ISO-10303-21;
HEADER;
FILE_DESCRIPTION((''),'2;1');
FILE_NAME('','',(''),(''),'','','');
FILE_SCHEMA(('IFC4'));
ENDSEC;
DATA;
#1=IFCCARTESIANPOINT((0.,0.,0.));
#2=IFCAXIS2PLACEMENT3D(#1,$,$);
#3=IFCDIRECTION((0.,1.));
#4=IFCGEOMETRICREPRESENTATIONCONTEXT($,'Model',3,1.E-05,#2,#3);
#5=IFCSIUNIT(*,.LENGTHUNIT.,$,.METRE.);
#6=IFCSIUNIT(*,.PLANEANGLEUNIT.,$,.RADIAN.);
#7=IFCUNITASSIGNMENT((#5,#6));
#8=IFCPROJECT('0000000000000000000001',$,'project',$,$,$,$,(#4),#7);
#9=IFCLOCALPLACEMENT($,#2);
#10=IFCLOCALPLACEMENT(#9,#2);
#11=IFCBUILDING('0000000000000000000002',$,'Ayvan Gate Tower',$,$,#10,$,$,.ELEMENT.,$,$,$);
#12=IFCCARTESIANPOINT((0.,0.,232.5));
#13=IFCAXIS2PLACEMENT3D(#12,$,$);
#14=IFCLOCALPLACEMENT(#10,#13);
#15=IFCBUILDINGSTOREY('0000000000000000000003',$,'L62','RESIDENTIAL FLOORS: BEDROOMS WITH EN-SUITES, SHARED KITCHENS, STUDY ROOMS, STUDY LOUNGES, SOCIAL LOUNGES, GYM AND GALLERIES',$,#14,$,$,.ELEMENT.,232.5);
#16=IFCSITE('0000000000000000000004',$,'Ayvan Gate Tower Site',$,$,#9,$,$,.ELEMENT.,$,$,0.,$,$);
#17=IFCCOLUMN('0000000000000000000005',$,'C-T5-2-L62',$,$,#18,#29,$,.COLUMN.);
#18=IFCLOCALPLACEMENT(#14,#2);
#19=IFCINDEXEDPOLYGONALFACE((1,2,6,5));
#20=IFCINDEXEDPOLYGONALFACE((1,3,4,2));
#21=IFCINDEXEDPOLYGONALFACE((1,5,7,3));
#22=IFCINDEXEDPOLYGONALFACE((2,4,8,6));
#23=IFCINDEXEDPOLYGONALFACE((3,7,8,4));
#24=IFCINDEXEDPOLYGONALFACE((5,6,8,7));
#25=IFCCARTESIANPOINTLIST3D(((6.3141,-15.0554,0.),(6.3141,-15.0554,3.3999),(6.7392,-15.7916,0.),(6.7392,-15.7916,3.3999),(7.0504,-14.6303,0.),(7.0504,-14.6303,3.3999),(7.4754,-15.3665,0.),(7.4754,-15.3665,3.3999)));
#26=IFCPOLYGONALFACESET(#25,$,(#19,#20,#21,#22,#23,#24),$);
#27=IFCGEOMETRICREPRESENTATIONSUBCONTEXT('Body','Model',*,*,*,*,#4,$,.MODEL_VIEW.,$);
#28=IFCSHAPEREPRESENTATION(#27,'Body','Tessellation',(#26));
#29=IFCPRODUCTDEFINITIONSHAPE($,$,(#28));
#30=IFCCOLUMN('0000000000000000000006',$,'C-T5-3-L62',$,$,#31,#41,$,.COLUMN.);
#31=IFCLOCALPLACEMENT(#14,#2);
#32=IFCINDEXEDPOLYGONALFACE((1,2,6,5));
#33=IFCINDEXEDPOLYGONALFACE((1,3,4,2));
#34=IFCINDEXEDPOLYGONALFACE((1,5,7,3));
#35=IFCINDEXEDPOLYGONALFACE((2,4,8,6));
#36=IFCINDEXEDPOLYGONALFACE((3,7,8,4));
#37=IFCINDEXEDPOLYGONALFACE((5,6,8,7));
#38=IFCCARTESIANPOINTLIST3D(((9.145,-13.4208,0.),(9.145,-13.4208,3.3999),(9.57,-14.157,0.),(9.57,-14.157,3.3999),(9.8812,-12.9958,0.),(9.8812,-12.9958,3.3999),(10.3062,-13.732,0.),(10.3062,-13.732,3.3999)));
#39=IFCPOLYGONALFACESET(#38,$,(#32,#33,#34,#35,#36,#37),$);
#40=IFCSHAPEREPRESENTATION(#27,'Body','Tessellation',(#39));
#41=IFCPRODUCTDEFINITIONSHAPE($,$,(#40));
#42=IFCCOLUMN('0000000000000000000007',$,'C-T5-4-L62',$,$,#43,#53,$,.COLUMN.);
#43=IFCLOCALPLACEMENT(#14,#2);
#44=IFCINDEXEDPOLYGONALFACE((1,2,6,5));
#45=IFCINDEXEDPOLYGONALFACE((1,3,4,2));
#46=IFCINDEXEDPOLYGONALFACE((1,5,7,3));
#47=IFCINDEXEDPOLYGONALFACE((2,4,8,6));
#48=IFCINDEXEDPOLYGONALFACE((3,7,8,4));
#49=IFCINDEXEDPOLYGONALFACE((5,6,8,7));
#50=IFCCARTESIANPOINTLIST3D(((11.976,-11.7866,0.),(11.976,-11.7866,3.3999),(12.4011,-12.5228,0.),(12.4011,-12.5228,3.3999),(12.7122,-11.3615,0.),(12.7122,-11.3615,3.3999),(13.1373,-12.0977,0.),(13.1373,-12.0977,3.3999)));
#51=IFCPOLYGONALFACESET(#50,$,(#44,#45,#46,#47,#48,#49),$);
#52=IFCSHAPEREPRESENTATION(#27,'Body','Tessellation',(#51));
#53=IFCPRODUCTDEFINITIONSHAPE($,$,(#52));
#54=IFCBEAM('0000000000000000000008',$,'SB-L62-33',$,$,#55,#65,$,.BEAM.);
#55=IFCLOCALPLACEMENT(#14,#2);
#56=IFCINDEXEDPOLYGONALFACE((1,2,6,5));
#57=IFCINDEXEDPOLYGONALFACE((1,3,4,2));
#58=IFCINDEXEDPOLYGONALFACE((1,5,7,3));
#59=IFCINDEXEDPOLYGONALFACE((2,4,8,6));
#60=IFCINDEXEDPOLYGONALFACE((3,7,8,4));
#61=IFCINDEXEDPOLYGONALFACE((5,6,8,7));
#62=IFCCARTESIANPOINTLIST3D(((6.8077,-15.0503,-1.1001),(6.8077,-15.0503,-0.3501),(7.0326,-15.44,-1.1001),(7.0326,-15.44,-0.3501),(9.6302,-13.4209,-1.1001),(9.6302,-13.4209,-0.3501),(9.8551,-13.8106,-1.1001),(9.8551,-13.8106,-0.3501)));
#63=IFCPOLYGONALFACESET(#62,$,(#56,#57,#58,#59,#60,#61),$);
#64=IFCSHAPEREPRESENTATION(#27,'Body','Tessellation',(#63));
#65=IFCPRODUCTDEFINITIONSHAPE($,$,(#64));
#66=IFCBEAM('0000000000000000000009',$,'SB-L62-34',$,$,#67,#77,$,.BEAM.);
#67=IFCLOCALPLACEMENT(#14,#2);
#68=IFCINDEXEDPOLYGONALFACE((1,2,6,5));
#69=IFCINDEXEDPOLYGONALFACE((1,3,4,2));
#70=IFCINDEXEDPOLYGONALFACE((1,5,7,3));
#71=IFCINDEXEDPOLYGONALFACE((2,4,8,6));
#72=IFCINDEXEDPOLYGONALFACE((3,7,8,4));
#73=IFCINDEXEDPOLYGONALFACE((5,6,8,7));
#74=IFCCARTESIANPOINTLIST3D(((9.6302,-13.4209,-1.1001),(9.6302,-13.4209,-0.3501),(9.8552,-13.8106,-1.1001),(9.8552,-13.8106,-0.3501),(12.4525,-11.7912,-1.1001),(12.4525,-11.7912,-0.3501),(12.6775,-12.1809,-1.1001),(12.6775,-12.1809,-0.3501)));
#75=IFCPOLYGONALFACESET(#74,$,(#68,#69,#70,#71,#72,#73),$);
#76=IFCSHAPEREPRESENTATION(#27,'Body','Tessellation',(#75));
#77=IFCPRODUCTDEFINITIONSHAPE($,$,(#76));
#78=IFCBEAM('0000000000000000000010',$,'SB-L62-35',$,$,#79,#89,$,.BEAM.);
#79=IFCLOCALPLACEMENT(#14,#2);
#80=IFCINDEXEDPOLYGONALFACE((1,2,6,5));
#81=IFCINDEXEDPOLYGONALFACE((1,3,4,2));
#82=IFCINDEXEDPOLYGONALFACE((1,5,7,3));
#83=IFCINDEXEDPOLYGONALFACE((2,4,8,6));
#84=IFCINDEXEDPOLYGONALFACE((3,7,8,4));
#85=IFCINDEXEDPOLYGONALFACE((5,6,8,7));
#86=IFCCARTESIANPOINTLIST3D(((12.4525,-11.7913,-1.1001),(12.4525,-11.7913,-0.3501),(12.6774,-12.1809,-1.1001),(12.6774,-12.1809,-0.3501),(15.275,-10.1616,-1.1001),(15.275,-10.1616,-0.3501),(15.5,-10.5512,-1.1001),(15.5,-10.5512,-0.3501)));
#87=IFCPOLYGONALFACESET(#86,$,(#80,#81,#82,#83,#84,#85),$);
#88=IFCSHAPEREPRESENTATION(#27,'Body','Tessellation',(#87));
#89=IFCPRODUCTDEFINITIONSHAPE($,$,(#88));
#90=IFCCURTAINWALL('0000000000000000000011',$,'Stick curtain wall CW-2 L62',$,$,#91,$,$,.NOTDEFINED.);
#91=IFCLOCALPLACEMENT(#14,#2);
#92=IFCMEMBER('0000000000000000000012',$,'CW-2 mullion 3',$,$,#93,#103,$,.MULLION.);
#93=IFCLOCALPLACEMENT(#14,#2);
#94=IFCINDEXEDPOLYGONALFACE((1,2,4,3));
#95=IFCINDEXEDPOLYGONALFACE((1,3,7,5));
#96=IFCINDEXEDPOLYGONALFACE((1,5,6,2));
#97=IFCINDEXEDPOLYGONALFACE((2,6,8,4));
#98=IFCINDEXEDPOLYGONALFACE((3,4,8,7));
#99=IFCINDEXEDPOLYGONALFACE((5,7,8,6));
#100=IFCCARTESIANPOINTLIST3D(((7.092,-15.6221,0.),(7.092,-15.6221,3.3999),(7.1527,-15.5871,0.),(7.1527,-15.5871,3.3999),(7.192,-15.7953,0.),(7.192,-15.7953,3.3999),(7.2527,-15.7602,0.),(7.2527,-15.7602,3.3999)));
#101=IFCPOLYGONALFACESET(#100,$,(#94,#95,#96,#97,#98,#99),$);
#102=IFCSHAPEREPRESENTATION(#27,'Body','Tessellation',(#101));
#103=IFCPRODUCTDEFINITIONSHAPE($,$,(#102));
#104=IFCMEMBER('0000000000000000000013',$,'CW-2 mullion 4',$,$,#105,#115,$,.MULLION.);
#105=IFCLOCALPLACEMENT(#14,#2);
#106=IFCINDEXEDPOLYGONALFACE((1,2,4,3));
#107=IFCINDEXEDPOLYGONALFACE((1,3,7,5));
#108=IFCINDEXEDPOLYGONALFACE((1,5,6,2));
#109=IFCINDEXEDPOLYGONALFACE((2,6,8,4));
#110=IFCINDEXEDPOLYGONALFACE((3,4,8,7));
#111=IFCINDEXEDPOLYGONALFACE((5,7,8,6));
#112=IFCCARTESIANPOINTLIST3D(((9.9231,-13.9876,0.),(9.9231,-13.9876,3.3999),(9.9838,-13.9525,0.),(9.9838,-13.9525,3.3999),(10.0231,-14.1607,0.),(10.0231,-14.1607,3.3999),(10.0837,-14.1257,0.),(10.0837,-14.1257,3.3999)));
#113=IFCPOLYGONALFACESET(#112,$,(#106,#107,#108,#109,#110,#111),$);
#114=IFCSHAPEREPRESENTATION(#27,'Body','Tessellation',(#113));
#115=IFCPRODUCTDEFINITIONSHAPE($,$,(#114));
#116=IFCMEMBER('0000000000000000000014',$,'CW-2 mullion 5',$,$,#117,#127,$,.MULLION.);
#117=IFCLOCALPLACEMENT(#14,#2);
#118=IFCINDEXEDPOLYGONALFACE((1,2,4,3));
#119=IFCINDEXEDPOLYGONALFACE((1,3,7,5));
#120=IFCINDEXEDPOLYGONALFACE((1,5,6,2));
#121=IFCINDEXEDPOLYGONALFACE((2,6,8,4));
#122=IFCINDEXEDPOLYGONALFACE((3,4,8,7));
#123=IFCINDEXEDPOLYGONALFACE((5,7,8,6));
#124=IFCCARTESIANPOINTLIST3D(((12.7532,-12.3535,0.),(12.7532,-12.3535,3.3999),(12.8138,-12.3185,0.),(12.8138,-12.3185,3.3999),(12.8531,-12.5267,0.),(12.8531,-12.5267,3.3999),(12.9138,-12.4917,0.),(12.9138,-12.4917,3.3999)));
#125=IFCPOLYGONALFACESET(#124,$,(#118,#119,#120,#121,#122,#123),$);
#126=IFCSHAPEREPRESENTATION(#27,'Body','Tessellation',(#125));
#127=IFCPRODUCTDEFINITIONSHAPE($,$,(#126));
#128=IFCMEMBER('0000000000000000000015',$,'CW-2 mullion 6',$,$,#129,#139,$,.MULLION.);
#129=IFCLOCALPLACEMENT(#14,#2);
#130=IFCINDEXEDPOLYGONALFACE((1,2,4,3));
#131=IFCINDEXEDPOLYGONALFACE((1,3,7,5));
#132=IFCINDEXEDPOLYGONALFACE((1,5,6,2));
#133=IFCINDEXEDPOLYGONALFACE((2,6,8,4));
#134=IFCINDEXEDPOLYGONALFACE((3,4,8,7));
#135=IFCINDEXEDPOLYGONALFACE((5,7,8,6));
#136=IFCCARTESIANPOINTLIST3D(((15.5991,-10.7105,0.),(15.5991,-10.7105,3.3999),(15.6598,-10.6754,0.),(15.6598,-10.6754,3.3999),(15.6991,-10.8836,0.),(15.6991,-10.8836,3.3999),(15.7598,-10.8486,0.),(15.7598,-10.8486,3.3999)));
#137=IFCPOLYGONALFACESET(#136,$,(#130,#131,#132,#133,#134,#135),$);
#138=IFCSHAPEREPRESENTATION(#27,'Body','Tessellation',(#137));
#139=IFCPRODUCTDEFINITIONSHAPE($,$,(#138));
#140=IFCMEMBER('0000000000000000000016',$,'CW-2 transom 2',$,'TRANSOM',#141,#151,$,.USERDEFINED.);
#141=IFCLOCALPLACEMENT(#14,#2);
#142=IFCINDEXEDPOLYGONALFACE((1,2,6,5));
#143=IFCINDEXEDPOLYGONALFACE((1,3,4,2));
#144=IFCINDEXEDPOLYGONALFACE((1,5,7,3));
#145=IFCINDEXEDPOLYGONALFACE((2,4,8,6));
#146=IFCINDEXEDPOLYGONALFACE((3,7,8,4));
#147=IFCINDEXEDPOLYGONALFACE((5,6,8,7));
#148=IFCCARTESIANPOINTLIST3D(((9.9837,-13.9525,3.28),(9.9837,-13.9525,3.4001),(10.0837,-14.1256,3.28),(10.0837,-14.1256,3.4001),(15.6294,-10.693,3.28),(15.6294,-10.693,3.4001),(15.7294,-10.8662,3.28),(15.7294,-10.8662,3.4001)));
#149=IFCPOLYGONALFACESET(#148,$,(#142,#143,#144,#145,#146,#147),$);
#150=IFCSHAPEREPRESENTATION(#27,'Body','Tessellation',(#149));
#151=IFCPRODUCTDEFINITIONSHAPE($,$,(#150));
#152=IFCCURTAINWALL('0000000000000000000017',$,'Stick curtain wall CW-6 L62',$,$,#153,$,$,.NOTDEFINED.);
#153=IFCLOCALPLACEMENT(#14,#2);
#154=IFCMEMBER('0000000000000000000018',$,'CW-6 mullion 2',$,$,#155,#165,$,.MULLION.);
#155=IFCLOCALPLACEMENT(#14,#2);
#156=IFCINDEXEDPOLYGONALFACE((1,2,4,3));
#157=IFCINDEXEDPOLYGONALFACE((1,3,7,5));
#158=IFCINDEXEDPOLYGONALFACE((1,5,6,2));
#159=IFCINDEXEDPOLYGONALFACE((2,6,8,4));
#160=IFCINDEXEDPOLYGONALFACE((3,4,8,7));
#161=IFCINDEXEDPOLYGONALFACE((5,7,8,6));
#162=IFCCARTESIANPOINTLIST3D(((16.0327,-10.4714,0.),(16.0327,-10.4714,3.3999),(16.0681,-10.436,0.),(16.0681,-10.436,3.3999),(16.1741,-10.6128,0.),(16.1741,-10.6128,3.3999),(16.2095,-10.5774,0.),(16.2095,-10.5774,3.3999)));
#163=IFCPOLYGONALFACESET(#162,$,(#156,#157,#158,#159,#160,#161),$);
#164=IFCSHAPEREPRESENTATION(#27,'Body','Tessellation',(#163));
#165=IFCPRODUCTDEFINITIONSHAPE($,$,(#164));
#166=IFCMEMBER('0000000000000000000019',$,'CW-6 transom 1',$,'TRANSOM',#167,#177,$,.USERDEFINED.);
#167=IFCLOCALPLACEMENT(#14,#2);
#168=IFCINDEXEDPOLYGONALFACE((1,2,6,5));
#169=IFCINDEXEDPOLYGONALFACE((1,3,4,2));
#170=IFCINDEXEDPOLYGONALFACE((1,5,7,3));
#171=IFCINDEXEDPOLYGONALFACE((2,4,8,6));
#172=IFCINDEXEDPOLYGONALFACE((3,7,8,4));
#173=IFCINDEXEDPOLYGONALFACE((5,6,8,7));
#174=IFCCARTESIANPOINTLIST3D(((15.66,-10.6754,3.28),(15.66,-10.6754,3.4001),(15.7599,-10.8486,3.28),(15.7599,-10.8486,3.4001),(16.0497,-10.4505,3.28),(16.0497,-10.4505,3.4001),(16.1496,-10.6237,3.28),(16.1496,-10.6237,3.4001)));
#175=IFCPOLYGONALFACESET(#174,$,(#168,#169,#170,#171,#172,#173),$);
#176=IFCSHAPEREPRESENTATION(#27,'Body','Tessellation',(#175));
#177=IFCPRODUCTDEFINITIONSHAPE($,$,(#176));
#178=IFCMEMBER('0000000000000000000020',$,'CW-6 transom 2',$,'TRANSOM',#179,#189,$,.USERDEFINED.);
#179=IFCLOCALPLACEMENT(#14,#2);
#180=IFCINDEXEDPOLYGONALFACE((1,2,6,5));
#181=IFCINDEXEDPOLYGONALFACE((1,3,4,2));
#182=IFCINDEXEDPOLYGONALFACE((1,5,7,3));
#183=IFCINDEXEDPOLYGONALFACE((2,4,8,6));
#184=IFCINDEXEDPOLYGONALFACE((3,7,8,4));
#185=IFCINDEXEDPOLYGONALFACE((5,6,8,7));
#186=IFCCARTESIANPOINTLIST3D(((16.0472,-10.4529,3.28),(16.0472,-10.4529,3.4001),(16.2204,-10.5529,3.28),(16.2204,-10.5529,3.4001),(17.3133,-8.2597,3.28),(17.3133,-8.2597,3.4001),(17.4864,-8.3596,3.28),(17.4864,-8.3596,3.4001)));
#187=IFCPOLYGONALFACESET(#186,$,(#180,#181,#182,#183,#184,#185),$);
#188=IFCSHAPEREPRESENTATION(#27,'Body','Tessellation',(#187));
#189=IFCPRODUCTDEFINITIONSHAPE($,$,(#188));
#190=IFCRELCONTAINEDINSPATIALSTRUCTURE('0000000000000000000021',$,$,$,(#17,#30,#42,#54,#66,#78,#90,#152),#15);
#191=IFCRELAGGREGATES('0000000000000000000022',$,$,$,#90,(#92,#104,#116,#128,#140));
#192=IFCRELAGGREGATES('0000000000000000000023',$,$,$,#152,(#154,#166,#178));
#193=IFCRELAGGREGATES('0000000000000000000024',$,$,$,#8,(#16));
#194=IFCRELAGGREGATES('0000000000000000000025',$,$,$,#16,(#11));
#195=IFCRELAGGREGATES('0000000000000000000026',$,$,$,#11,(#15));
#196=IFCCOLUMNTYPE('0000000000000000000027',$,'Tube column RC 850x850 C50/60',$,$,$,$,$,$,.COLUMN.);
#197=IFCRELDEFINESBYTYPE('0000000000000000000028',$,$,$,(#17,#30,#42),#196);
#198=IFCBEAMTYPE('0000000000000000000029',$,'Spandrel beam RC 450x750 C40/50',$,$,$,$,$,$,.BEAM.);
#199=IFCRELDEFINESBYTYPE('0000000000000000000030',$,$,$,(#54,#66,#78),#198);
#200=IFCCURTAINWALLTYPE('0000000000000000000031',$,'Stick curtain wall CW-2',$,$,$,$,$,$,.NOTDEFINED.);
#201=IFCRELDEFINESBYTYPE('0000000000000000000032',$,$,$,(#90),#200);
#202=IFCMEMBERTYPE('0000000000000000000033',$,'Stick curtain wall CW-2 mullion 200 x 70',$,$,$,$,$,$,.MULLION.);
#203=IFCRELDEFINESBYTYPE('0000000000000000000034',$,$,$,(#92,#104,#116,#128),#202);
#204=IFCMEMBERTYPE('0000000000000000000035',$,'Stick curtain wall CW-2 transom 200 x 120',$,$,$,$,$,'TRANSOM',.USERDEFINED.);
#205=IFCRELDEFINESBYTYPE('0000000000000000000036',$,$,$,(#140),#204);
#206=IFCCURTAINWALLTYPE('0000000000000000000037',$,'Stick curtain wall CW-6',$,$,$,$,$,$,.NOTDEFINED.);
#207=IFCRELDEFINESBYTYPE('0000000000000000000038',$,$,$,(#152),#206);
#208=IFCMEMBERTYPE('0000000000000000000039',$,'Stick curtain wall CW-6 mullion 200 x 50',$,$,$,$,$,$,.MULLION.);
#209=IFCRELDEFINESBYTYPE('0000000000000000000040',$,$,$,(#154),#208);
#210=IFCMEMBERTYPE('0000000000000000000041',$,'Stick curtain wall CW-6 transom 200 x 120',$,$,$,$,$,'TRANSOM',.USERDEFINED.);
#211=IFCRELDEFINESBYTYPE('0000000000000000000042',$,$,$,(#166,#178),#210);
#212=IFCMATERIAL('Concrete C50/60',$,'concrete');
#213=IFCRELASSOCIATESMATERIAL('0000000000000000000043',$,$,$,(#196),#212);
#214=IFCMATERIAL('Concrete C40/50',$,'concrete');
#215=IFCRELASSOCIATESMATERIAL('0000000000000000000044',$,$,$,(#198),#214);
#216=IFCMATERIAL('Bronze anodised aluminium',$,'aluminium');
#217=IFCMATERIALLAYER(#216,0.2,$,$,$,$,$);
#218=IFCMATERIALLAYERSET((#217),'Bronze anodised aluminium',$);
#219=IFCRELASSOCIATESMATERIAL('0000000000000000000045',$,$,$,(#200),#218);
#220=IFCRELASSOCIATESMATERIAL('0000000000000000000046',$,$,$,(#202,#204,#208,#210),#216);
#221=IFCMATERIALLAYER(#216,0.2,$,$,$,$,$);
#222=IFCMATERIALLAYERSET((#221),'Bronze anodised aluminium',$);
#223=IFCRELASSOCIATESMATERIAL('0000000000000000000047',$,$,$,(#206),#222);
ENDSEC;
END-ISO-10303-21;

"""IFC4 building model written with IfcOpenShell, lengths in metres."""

from ifc_helpers import new_model, si_unit, direction, frame, origin, origin_2d, place, context, subcontext, project, spatial, rectangle, extrude, material, layer, layer_set, material_profile, profile_set, type_object, element, aggregate, save


model = new_model("IFC4")

# Units and contexts
model_context = context("Model", 3, precision=1e-05, world=origin(), true_north=direction((0.0, 1.0)))
body_context = subcontext(model_context, "Body", "Model", "MODEL_VIEW")
ifc_project = project(units=[si_unit("LENGTHUNIT", "METRE"), si_unit("PLANEANGLEUNIT", "RADIAN")], contexts=[model_context])

# Site, building, storey
site_placement = place(None, origin())
site = spatial("IfcSite", under=ifc_project, at=site_placement, Name="Ayvan Gate Tower Site", CompositionType="ELEMENT", RefElevation=0.0)
building_placement = place(site_placement, origin())
building = spatial("IfcBuilding", under=site, at=building_placement, Name="Ayvan Gate Tower", CompositionType="ELEMENT")
storey_placement = place(building_placement, frame((0.0, 0.0, 232.5)))
storey = spatial("IfcBuildingStorey", under=building, at=storey_placement, Name="L62", Description="RESIDENTIAL FLOORS: BEDROOMS WITH EN-SUITES, SHARED KITCHENS, STUDY ROOMS, STUDY LOUNGES, SOCIAL LOUNGES, GYM AND GALLERIES", CompositionType="ELEMENT", Elevation=232.5)

# Columns
ifc_material_1 = material(Name="Concrete C50/60", Category="concrete")
ifc_material_profile_1 = material_profile(ifc_material_1, rectangle(XDim=0.8501, YDim=0.8501, at=origin_2d()), Name="RC 850x850")
ifc_profile_set_1 = profile_set([ifc_material_profile_1], Name="Concrete C50/60")
column_type = type_object("IfcColumnType", Name="Tube column RC 850x850 C50/60", PredefinedType="COLUMN", material=ifc_profile_set_1)
for number, where, z_axis, x_axis, name in (
    (1, (6.8948, -15.2109, 0.0), (0.0, 0.0, 1.0), (0.5, -0.866025, 0.0), "C-T5-2-L62"),
    (2, (9.7256, -13.5764, 0.0), (0.0, 0.0, 1.0), (0.5, -0.866025, 0.0), "C-T5-3-L62"),
    (3, (12.5566, -11.9421, 0.0), (0.0, 0.0, 1.0), (0.5, -0.866025, 0.0), "C-T5-4-L62"),
):
    element("IfcColumn", number, at=place(storey_placement, frame(where, z_axis=z_axis, x_axis=x_axis)), inside=storey, type_object=column_type, Name=name, PredefinedType="COLUMN", context=body_context, shape_type="SweptSolid", body=[
        extrude(rectangle(XDim=0.8501, YDim=0.8501, at=origin_2d()), origin(), (0.0, 0.0, 1.0), 3.3999),
    ])

# Beams
ifc_material_2 = material(Name="Concrete C40/50", Category="concrete")
ifc_material_profile_2 = material_profile(ifc_material_2, rectangle(XDim=0.45, YDim=0.75, at=origin_2d()), Name="RC 450x750")
ifc_profile_set_2 = profile_set([ifc_material_profile_2], Name="Concrete C40/50")
beam_type = type_object("IfcBeamType", Name="Spandrel beam RC 450x750 C40/50", PredefinedType="BEAM", material=ifc_profile_set_2)
for number, where, z_axis, x_axis, name in (
    (4, (6.9202, -15.2451, -0.7251), (0.86605, 0.499958, 0.0), (-0.499958, 0.86605, 0.0), "SB-L62-33"),
    (5, (9.7427, -13.6157, -0.7251), (0.865998, 0.500047, 0.0), (-0.500047, 0.865998, 0.0), "SB-L62-34"),
):
    element("IfcBeam", number, at=place(storey_placement, frame(where, z_axis=z_axis, x_axis=x_axis)), inside=storey, type_object=beam_type, Name=name, PredefinedType="BEAM", context=body_context, shape_type="SweptSolid", body=[
        extrude(rectangle(XDim=0.45, YDim=0.75, at=origin_2d()), origin(), (0.0, 0.0, 1.0), 3.259),
    ])
beam_placement = place(storey_placement, frame((12.5649, -11.9861, -0.7251), z_axis=(0.866017, 0.500014, 0.0), x_axis=(-0.500014, 0.866017, 0.0)))
element("IfcBeam", 6, at=beam_placement, inside=storey, type_object=beam_type, Name="SB-L62-35", PredefinedType="BEAM", context=body_context, shape_type="SweptSolid", body=[
    extrude(rectangle(XDim=0.45, YDim=0.75, at=origin_2d()), origin(), (0.0, 0.0, 1.0), 3.2593),
])

# Curtain walls, members
ifc_material_3 = material(Name="Bronze anodised aluminium", Category="aluminium")
ifc_layer_1 = layer(ifc_material_3, 0.2)
ifc_layer_set_1 = layer_set([ifc_layer_1], Name="Bronze anodised aluminium")
curtain_wall_type_1 = type_object("IfcCurtainWallType", Name="Stick curtain wall CW-2", PredefinedType="NOTDEFINED", material=ifc_layer_set_1)
curtain_wall_1_placement = place(storey_placement, origin())
curtain_wall_1 = element("IfcCurtainWall", 7, at=curtain_wall_1_placement, inside=storey, type_object=curtain_wall_type_1, Name="Stick curtain wall CW-2 L62", PredefinedType="NOTDEFINED")
ifc_material_profile_3 = material_profile(ifc_material_3, rectangle(XDim=0.2, YDim=0.0701, at=origin_2d()), Name="Stick curtain wall CW-2 mullion 200 x 70")
ifc_profile_set_3 = profile_set([ifc_material_profile_3], Name="Bronze anodised aluminium")
member_type_1 = type_object("IfcMemberType", Name="Stick curtain wall CW-2 mullion 200 x 70", PredefinedType="MULLION", material=ifc_profile_set_3)
member_1_placement = place(storey_placement, frame((7.1724, -15.6912, 0.0), z_axis=(0.0, 0.0, 1.0), x_axis=(0.5, -0.866025, 0.0)))
member_1 = element("IfcMember", 8, at=member_1_placement, type_object=member_type_1, Name="CW-2 mullion 3", PredefinedType="MULLION", context=body_context, shape_type="SweptSolid", body=[
    extrude(rectangle(XDim=0.2, YDim=0.0701, at=origin_2d()), origin(), (0.0, 0.0, 1.0), 3.3999),
])
member_2_placement = place(storey_placement, frame((10.0034, -14.0566, 0.0), z_axis=(0.0, 0.0, 1.0), x_axis=(0.5, -0.866025, 0.0)))
member_2 = element("IfcMember", 9, at=member_2_placement, type_object=member_type_1, Name="CW-2 mullion 4", PredefinedType="MULLION", context=body_context, shape_type="SweptSolid", body=[
    extrude(rectangle(XDim=0.2, YDim=0.0701, at=origin_2d()), origin(), (0.0, 0.0, 1.0), 3.3999),
])
member_3_placement = place(storey_placement, frame((12.8335, -12.4226, 0.0), z_axis=(0.0, 0.0, 1.0), x_axis=(0.5, -0.866025, 0.0)))
member_3 = element("IfcMember", 10, at=member_3_placement, type_object=member_type_1, Name="CW-2 mullion 5", PredefinedType="MULLION", context=body_context, shape_type="SweptSolid", body=[
    extrude(rectangle(XDim=0.2, YDim=0.0701, at=origin_2d()), origin(), (0.0, 0.0, 1.0), 3.3999),
])
member_4_placement = place(storey_placement, frame((15.6794, -10.7795, 0.0), z_axis=(0.0, 0.0, 1.0), x_axis=(0.5, -0.866025, 0.0)))
member_4 = element("IfcMember", 11, at=member_4_placement, type_object=member_type_1, Name="CW-2 mullion 6", PredefinedType="MULLION", context=body_context, shape_type="SweptSolid", body=[
    extrude(rectangle(XDim=0.2, YDim=0.0701, at=origin_2d()), origin(), (0.0, 0.0, 1.0), 3.3999),
])
ifc_material_profile_4 = material_profile(ifc_material_3, rectangle(XDim=0.2, YDim=0.1201, at=origin_2d()), Name="Stick curtain wall CW-2 transom 200 x 120")
ifc_profile_set_4 = profile_set([ifc_material_profile_4], Name="Bronze anodised aluminium")
member_type_2 = type_object("IfcMemberType", Name="Stick curtain wall CW-2 transom 200 x 120", ElementType="TRANSOM", PredefinedType="USERDEFINED", material=ifc_profile_set_4)
member_5_placement = place(storey_placement, frame((10.0337, -14.0391, 3.3401), z_axis=(0.866029, 0.499994, 0.0), x_axis=(-0.499994, 0.866029, 0.0)))
member_5 = element("IfcMember", 12, at=member_5_placement, type_object=member_type_2, Name="CW-2 transom 2", ObjectType="TRANSOM", PredefinedType="USERDEFINED", context=body_context, shape_type="SweptSolid", body=[
    extrude(rectangle(XDim=0.2, YDim=0.1201, at=origin_2d()), origin(), (0.0, 0.0, 1.0), 6.519),
])
ifc_layer_2 = layer(ifc_material_3, 0.2)
ifc_layer_set_2 = layer_set([ifc_layer_2], Name="Bronze anodised aluminium")
curtain_wall_type_2 = type_object("IfcCurtainWallType", Name="Stick curtain wall CW-6", PredefinedType="NOTDEFINED", material=ifc_layer_set_2)
curtain_wall_2_placement = place(storey_placement, origin())
curtain_wall_2 = element("IfcCurtainWall", 13, at=curtain_wall_2_placement, inside=storey, type_object=curtain_wall_type_2, Name="Stick curtain wall CW-6 L62", PredefinedType="NOTDEFINED")
ifc_material_profile_5 = material_profile(ifc_material_3, rectangle(XDim=0.2, YDim=0.05, at=origin_2d()), Name="Stick curtain wall CW-6 mullion 200 x 50")
ifc_profile_set_5 = profile_set([ifc_material_profile_5], Name="Bronze anodised aluminium")
member_type_3 = type_object("IfcMemberType", Name="Stick curtain wall CW-6 mullion 200 x 50", PredefinedType="MULLION", material=ifc_profile_set_5)
member_6_placement = place(storey_placement, frame((16.1211, -10.5244, 0.0), z_axis=(0.0, 0.0, 1.0), x_axis=(0.707107, -0.707107, 0.0)))
member_6 = element("IfcMember", 14, at=member_6_placement, type_object=member_type_3, Name="CW-6 mullion 2", PredefinedType="MULLION", context=body_context, shape_type="SweptSolid", body=[
    extrude(rectangle(XDim=0.2, YDim=0.05, at=origin_2d()), origin(), (0.0, 0.0, 1.0), 3.3999),
])
ifc_material_profile_6 = material_profile(ifc_material_3, rectangle(XDim=0.2, YDim=0.1201, at=origin_2d()), Name="Stick curtain wall CW-6 transom 200 x 120")
ifc_profile_set_6 = profile_set([ifc_material_profile_6], Name="Bronze anodised aluminium")
member_type_4 = type_object("IfcMemberType", Name="Stick curtain wall CW-6 transom 200 x 120", ElementType="TRANSOM", PredefinedType="USERDEFINED", material=ifc_profile_set_6)
member_7_placement = place(storey_placement, frame((15.71, -10.762, 3.3401), z_axis=(0.866131, 0.499816, 0.0), x_axis=(-0.499816, 0.866131, 0.0)))
member_7 = element("IfcMember", 15, at=member_7_placement, type_object=member_type_4, Name="CW-6 transom 1", ObjectType="TRANSOM", PredefinedType="USERDEFINED", context=body_context, shape_type="SweptSolid", body=[
    extrude(rectangle(XDim=0.2, YDim=0.1201, at=origin_2d()), origin(), (0.0, 0.0, 1.0), 0.45),
])
member_8_placement = place(storey_placement, frame((16.1338, -10.5029, 3.3401), z_axis=(0.499934, 0.866064, 0.0), x_axis=(-0.866064, 0.499934, 0.0)))
member_8 = element("IfcMember", 16, at=member_8_placement, type_object=member_type_4, Name="CW-6 transom 2", ObjectType="TRANSOM", PredefinedType="USERDEFINED", context=body_context, shape_type="SweptSolid", body=[
    extrude(rectangle(XDim=0.2, YDim=0.1201, at=origin_2d()), origin(), (0.0, 0.0, 1.0), 2.5325),
])

aggregate(curtain_wall_1, [member_1, member_2, member_3, member_4, member_5])
aggregate(curtain_wall_2, [member_6, member_7, member_8])

save(model, "model.ifc")
